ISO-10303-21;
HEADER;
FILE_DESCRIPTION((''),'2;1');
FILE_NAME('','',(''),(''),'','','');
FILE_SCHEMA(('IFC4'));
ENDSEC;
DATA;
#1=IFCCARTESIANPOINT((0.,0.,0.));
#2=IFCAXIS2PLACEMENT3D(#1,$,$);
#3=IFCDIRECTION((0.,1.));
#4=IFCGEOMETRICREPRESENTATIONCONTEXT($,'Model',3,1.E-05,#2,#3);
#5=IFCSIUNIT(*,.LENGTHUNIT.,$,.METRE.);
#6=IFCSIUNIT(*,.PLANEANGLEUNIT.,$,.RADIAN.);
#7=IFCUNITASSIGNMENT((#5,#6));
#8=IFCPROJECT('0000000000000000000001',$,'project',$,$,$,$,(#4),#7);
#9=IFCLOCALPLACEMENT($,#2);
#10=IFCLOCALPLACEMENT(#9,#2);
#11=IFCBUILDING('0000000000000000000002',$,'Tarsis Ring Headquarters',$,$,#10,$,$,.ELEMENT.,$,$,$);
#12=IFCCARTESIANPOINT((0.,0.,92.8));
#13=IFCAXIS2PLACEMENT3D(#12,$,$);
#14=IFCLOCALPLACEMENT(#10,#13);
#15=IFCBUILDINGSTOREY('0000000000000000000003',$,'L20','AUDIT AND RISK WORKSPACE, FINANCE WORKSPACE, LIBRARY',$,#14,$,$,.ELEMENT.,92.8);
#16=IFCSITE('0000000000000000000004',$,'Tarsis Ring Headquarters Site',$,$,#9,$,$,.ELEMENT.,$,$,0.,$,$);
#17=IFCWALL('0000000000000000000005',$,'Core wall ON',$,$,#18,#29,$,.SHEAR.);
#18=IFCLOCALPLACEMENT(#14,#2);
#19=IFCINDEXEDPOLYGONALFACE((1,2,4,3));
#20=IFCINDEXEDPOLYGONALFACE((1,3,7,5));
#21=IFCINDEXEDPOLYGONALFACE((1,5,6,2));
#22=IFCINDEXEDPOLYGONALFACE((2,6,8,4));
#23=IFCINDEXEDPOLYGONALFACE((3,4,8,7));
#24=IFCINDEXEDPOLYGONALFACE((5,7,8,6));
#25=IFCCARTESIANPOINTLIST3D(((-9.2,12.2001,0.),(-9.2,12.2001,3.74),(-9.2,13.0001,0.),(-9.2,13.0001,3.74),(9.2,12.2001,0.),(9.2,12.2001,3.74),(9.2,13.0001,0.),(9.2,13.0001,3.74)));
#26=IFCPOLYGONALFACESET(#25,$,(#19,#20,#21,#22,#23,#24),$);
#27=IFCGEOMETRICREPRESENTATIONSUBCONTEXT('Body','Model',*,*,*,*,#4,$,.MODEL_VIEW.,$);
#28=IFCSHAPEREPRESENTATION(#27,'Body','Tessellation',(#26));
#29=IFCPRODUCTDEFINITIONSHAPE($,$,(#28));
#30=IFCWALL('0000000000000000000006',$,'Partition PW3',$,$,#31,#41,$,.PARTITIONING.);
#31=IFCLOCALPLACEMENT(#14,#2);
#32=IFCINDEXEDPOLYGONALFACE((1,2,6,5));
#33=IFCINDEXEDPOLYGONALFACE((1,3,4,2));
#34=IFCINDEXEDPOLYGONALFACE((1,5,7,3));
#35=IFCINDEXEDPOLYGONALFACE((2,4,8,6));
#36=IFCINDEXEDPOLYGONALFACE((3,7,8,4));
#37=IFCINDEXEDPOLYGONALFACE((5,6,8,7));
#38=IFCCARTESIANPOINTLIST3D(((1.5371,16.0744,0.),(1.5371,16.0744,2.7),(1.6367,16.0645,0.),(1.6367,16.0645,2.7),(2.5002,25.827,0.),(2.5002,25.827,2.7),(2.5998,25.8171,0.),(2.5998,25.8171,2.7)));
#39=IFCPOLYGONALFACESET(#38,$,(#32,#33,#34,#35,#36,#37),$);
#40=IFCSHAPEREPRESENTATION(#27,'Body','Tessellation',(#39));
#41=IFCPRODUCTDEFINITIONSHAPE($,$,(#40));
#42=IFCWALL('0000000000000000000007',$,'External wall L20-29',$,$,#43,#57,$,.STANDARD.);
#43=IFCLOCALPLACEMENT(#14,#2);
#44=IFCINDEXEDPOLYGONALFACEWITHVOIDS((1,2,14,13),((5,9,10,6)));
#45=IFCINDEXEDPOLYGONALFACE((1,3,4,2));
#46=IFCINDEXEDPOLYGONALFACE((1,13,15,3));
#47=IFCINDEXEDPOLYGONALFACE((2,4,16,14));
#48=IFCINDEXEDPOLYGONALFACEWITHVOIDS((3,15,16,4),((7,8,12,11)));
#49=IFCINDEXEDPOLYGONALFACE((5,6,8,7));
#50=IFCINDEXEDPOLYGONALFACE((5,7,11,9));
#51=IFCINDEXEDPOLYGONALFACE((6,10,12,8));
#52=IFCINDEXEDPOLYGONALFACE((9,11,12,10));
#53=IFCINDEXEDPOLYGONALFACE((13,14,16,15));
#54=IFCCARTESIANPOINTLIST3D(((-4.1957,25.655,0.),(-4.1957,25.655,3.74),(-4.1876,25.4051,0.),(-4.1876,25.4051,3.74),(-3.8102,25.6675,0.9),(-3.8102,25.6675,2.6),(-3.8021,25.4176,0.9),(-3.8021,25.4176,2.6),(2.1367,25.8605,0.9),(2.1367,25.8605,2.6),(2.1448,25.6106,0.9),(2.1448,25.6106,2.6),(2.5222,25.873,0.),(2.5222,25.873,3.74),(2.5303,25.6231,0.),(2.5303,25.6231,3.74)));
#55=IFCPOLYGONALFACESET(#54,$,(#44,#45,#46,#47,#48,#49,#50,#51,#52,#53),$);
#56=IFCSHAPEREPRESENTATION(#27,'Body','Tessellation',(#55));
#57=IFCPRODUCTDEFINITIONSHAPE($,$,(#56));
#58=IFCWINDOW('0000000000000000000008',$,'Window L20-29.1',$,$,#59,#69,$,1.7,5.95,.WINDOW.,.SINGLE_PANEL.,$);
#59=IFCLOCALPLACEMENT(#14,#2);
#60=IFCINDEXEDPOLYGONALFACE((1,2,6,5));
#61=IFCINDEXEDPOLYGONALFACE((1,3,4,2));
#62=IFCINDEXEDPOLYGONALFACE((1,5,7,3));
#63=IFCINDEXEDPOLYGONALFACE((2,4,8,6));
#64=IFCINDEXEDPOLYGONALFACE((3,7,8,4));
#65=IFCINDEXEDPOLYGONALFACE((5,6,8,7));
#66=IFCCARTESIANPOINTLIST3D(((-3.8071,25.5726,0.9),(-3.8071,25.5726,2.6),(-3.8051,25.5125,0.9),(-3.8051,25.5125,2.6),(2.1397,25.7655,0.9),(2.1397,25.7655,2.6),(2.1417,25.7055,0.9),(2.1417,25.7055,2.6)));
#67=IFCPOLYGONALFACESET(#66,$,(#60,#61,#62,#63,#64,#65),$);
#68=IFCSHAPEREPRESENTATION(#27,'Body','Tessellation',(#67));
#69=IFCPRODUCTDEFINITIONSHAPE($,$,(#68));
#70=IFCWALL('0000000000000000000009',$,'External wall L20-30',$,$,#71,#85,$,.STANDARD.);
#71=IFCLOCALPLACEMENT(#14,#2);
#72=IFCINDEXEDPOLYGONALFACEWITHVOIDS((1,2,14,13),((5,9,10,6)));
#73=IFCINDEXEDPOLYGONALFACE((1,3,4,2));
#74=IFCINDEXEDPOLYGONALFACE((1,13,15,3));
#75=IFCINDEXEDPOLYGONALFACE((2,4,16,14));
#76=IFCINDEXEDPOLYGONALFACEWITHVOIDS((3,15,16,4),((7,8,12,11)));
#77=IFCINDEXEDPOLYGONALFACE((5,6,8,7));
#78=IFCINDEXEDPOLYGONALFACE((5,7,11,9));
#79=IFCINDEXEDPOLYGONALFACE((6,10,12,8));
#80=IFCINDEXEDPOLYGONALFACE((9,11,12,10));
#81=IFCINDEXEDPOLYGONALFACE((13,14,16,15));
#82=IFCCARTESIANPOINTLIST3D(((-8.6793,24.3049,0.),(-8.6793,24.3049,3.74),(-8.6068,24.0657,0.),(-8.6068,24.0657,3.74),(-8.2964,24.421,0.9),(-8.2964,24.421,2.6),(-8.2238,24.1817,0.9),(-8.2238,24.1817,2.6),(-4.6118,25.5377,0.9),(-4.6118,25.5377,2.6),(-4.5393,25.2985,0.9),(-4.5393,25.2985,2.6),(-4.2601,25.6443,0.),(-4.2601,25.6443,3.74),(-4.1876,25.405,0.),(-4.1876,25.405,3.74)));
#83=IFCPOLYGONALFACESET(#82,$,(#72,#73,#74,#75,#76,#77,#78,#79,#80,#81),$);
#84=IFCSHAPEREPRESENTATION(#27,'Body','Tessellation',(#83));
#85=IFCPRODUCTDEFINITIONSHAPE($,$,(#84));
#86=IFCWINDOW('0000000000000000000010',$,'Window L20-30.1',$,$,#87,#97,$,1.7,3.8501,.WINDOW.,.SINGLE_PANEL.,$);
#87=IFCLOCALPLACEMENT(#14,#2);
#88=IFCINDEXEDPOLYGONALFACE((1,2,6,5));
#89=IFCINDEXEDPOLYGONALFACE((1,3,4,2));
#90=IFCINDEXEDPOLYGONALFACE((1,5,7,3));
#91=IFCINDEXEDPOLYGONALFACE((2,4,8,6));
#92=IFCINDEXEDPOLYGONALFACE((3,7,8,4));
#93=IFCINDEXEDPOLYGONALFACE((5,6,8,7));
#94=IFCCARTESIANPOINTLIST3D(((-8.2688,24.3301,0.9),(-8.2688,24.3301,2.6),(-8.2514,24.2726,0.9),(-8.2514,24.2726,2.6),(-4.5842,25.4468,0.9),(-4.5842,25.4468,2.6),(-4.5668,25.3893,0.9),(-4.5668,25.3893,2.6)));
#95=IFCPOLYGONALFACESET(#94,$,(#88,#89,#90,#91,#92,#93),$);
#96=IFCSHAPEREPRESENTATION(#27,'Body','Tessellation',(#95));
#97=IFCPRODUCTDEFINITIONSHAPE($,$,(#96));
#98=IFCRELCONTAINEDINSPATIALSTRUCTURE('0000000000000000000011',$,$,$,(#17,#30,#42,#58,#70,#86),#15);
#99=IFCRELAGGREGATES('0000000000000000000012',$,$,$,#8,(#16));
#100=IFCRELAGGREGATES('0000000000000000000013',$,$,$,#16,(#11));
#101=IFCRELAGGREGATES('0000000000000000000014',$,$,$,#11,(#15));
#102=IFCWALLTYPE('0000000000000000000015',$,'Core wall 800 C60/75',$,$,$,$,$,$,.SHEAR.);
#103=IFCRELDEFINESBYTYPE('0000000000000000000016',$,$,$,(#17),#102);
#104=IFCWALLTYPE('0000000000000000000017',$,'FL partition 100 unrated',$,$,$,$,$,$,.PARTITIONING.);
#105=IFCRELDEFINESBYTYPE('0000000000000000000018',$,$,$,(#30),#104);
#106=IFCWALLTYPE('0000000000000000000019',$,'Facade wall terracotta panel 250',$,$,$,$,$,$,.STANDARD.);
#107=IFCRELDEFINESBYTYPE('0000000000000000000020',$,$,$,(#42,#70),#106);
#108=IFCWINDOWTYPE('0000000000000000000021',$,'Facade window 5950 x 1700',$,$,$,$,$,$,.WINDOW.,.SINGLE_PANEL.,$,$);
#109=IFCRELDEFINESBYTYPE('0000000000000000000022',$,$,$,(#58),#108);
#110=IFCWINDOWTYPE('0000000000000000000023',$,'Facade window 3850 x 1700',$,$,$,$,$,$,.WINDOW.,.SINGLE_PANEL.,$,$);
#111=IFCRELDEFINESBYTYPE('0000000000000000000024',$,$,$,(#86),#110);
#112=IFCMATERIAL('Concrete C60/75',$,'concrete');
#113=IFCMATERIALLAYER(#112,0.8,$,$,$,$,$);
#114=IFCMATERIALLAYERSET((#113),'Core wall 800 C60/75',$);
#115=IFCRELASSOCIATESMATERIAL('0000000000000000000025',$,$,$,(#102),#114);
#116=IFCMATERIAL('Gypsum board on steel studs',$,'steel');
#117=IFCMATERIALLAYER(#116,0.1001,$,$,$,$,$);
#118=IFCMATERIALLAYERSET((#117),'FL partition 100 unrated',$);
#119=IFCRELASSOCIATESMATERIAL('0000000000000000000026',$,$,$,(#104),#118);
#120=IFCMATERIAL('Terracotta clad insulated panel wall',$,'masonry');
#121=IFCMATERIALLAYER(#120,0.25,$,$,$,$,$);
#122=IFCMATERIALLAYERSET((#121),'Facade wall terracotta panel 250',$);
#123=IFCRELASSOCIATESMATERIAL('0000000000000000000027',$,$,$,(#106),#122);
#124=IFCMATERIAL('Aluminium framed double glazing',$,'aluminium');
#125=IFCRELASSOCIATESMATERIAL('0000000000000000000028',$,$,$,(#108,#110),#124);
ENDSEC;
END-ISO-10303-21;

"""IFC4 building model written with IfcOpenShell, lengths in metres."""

from ifc_helpers import new_model, si_unit, direction, frame, frame_2d, origin, place, context, subcontext, project, spatial, rectangle, extrude, material, layer, layer_set, type_object, element, fill, save


model = new_model("IFC4")

# Units and contexts
model_context = context("Model", 3, precision=1e-05, world=origin(), true_north=direction((0.0, 1.0)))
body_context = subcontext(model_context, "Body", "Model", "MODEL_VIEW")
ifc_project = project(units=[si_unit("LENGTHUNIT", "METRE"), si_unit("PLANEANGLEUNIT", "RADIAN")], contexts=[model_context])

# Site, building, storey
site_placement = place(None, origin())
site = spatial("IfcSite", under=ifc_project, at=site_placement, Name="Tarsis Ring Headquarters Site", CompositionType="ELEMENT", RefElevation=0.0)
building_placement = place(site_placement, origin())
building = spatial("IfcBuilding", under=site, at=building_placement, Name="Tarsis Ring Headquarters", CompositionType="ELEMENT")
storey_placement = place(building_placement, frame((0.0, 0.0, 92.8)))
storey = spatial("IfcBuildingStorey", under=building, at=storey_placement, Name="L20", Description="AUDIT AND RISK WORKSPACE, FINANCE WORKSPACE, LIBRARY", CompositionType="ELEMENT", Elevation=92.8)

# Walls
ifc_material_1 = material(Name="Concrete C60/75", Category="concrete")
ifc_layer_1 = layer(ifc_material_1, 0.8)
ifc_layer_set_1 = layer_set([ifc_layer_1], Name="Core wall 800 C60/75")
wall_type_1 = type_object("IfcWallType", Name="Core wall 800 C60/75", PredefinedType="SHEAR", material=ifc_layer_set_1)
wall_1_placement = place(storey_placement, frame((-9.2, 12.6001, 0.0), z_axis=(0.0, 0.0, 1.0), x_axis=(1.0, 0.0, 0.0)))
element("IfcWall", 1, at=wall_1_placement, inside=storey, type_object=wall_type_1, Name="Core wall ON", PredefinedType="SHEAR", context=body_context, shape_type="SweptSolid", body=[
    extrude(rectangle(XDim=18.3999, YDim=0.8, at=frame_2d((9.2, 0.0))), origin(), (0.0, 0.0, 1.0), 3.74),
])
ifc_material_2 = material(Name="Gypsum board on steel studs", Category="steel")
ifc_layer_2 = layer(ifc_material_2, 0.1001)
ifc_layer_set_2 = layer_set([ifc_layer_2], Name="FL partition 100 unrated")
wall_type_2 = type_object("IfcWallType", Name="FL partition 100 unrated", PredefinedType="PARTITIONING", material=ifc_layer_set_2)
wall_2_placement = place(storey_placement, frame((1.5869, 16.0696, 0.0), z_axis=(0.0, 0.0, 1.0), x_axis=(0.098278, 0.995159, 0.0)))
element("IfcWall", 2, at=wall_2_placement, inside=storey, type_object=wall_type_2, Name="Partition PW3", PredefinedType="PARTITIONING", context=body_context, shape_type="SweptSolid", body=[
    extrude(rectangle(XDim=9.8, YDim=0.1001, at=frame_2d((4.8999, 0.0))), origin(), (0.0, 0.0, 1.0), 2.7),
])

# Walls, openings, windows
ifc_material_3 = material(Name="Terracotta clad insulated panel wall", Category="masonry")
ifc_layer_3 = layer(ifc_material_3, 0.25)
ifc_layer_set_3 = layer_set([ifc_layer_3], Name="Facade wall terracotta panel 250")
wall_type_3 = type_object("IfcWallType", Name="Facade wall terracotta panel 250", PredefinedType="STANDARD", material=ifc_layer_set_3)
wall_3_placement = place(storey_placement, frame((2.5264, 25.748, 0.0), z_axis=(0.0, 0.0, 1.0), x_axis=(-0.999474, -0.032436, 0.0)))
wall_3 = element("IfcWall", 3, at=wall_3_placement, inside=storey, type_object=wall_type_3, Name="External wall L20-29", PredefinedType="STANDARD", context=body_context, shape_type="SweptSolid", body=[
    extrude(rectangle(XDim=6.7214, YDim=0.25, at=frame_2d((3.3608, 0.0))), origin(), (0.0, 0.0, 1.0), 3.74),
])
opening_1_placement = place(wall_3_placement, frame((0.3857, 0.0, 0.8999)))
opening_1 = element("IfcOpeningElement", 4, at=opening_1_placement, cuts=wall_3, PredefinedType="OPENING", context=body_context, shape_type="SweptSolid", body=[
    extrude(rectangle(XDim=5.95, YDim=1.7, at=frame_2d((2.9751, 0.8501))), frame((0.0, 0.135, 0.0), z_axis=(0.0, -1.0, 0.0), x_axis=(1.0, 0.0, 0.0)), (0.0, 0.0, 1.0), 0.27),
])
ifc_material_4 = material(Name="Aluminium framed double glazing", Category="aluminium")
window_type_1 = type_object("IfcWindowType", Name="Facade window 5950 x 1700", PartitioningType="SINGLE_PANEL", PredefinedType="WINDOW", material=ifc_material_4)
window_1_placement = place(opening_1_placement, origin())
window_1 = element("IfcWindow", 5, at=window_1_placement, inside=storey, type_object=window_type_1, Name="Window L20-29.1", OverallHeight=1.7, OverallWidth=5.95, PartitioningType="SINGLE_PANEL", PredefinedType="WINDOW", context=body_context, shape_type="SweptSolid", body=[
    extrude(rectangle(XDim=5.95, YDim=1.7, at=frame_2d((2.9751, 0.8501))), frame((0.0, 0.03, 0.0), z_axis=(0.0, -1.0, 0.0), x_axis=(1.0, 0.0, 0.0)), (0.0, 0.0, 1.0), 0.0601),
])
fill(opening_1, window_1)
wall_4_placement = place(storey_placement, frame((-4.2239, 25.5247, 0.0), z_axis=(0.0, 0.0, 1.0), x_axis=(-0.957012, -0.290048, 0.0)))
wall_4 = element("IfcWall", 6, at=wall_4_placement, inside=storey, type_object=wall_type_3, Name="External wall L20-30", PredefinedType="STANDARD", context=body_context, shape_type="SweptSolid", body=[
    extrude(rectangle(XDim=4.6177, YDim=0.25, at=frame_2d((2.3088, 0.0))), origin(), (0.0, 0.0, 1.0), 3.74),
])
opening_2_placement = place(wall_4_placement, frame((0.3674, 0.0, 0.8999)))
opening_2 = element("IfcOpeningElement", 7, at=opening_2_placement, cuts=wall_4, PredefinedType="OPENING", context=body_context, shape_type="SweptSolid", body=[
    extrude(rectangle(XDim=3.8501, YDim=1.7, at=frame_2d((1.925, 0.8501))), frame((0.0, 0.135, 0.0), z_axis=(0.0, -1.0, 0.0), x_axis=(1.0, 0.0, 0.0)), (0.0, 0.0, 1.0), 0.27),
])
window_type_2 = type_object("IfcWindowType", Name="Facade window 3850 x 1700", PartitioningType="SINGLE_PANEL", PredefinedType="WINDOW", material=ifc_material_4)
window_2_placement = place(opening_2_placement, origin())
window_2 = element("IfcWindow", 8, at=window_2_placement, inside=storey, type_object=window_type_2, Name="Window L20-30.1", OverallHeight=1.7, OverallWidth=3.8501, PartitioningType="SINGLE_PANEL", PredefinedType="WINDOW", context=body_context, shape_type="SweptSolid", body=[
    extrude(rectangle(XDim=3.8501, YDim=1.7, at=frame_2d((1.925, 0.8501))), frame((0.0, 0.03, 0.0), z_axis=(0.0, -1.0, 0.0), x_axis=(1.0, 0.0, 0.0)), (0.0, 0.0, 1.0), 0.0601),
])
fill(opening_2, window_2)

save(model, "model.ifc")
